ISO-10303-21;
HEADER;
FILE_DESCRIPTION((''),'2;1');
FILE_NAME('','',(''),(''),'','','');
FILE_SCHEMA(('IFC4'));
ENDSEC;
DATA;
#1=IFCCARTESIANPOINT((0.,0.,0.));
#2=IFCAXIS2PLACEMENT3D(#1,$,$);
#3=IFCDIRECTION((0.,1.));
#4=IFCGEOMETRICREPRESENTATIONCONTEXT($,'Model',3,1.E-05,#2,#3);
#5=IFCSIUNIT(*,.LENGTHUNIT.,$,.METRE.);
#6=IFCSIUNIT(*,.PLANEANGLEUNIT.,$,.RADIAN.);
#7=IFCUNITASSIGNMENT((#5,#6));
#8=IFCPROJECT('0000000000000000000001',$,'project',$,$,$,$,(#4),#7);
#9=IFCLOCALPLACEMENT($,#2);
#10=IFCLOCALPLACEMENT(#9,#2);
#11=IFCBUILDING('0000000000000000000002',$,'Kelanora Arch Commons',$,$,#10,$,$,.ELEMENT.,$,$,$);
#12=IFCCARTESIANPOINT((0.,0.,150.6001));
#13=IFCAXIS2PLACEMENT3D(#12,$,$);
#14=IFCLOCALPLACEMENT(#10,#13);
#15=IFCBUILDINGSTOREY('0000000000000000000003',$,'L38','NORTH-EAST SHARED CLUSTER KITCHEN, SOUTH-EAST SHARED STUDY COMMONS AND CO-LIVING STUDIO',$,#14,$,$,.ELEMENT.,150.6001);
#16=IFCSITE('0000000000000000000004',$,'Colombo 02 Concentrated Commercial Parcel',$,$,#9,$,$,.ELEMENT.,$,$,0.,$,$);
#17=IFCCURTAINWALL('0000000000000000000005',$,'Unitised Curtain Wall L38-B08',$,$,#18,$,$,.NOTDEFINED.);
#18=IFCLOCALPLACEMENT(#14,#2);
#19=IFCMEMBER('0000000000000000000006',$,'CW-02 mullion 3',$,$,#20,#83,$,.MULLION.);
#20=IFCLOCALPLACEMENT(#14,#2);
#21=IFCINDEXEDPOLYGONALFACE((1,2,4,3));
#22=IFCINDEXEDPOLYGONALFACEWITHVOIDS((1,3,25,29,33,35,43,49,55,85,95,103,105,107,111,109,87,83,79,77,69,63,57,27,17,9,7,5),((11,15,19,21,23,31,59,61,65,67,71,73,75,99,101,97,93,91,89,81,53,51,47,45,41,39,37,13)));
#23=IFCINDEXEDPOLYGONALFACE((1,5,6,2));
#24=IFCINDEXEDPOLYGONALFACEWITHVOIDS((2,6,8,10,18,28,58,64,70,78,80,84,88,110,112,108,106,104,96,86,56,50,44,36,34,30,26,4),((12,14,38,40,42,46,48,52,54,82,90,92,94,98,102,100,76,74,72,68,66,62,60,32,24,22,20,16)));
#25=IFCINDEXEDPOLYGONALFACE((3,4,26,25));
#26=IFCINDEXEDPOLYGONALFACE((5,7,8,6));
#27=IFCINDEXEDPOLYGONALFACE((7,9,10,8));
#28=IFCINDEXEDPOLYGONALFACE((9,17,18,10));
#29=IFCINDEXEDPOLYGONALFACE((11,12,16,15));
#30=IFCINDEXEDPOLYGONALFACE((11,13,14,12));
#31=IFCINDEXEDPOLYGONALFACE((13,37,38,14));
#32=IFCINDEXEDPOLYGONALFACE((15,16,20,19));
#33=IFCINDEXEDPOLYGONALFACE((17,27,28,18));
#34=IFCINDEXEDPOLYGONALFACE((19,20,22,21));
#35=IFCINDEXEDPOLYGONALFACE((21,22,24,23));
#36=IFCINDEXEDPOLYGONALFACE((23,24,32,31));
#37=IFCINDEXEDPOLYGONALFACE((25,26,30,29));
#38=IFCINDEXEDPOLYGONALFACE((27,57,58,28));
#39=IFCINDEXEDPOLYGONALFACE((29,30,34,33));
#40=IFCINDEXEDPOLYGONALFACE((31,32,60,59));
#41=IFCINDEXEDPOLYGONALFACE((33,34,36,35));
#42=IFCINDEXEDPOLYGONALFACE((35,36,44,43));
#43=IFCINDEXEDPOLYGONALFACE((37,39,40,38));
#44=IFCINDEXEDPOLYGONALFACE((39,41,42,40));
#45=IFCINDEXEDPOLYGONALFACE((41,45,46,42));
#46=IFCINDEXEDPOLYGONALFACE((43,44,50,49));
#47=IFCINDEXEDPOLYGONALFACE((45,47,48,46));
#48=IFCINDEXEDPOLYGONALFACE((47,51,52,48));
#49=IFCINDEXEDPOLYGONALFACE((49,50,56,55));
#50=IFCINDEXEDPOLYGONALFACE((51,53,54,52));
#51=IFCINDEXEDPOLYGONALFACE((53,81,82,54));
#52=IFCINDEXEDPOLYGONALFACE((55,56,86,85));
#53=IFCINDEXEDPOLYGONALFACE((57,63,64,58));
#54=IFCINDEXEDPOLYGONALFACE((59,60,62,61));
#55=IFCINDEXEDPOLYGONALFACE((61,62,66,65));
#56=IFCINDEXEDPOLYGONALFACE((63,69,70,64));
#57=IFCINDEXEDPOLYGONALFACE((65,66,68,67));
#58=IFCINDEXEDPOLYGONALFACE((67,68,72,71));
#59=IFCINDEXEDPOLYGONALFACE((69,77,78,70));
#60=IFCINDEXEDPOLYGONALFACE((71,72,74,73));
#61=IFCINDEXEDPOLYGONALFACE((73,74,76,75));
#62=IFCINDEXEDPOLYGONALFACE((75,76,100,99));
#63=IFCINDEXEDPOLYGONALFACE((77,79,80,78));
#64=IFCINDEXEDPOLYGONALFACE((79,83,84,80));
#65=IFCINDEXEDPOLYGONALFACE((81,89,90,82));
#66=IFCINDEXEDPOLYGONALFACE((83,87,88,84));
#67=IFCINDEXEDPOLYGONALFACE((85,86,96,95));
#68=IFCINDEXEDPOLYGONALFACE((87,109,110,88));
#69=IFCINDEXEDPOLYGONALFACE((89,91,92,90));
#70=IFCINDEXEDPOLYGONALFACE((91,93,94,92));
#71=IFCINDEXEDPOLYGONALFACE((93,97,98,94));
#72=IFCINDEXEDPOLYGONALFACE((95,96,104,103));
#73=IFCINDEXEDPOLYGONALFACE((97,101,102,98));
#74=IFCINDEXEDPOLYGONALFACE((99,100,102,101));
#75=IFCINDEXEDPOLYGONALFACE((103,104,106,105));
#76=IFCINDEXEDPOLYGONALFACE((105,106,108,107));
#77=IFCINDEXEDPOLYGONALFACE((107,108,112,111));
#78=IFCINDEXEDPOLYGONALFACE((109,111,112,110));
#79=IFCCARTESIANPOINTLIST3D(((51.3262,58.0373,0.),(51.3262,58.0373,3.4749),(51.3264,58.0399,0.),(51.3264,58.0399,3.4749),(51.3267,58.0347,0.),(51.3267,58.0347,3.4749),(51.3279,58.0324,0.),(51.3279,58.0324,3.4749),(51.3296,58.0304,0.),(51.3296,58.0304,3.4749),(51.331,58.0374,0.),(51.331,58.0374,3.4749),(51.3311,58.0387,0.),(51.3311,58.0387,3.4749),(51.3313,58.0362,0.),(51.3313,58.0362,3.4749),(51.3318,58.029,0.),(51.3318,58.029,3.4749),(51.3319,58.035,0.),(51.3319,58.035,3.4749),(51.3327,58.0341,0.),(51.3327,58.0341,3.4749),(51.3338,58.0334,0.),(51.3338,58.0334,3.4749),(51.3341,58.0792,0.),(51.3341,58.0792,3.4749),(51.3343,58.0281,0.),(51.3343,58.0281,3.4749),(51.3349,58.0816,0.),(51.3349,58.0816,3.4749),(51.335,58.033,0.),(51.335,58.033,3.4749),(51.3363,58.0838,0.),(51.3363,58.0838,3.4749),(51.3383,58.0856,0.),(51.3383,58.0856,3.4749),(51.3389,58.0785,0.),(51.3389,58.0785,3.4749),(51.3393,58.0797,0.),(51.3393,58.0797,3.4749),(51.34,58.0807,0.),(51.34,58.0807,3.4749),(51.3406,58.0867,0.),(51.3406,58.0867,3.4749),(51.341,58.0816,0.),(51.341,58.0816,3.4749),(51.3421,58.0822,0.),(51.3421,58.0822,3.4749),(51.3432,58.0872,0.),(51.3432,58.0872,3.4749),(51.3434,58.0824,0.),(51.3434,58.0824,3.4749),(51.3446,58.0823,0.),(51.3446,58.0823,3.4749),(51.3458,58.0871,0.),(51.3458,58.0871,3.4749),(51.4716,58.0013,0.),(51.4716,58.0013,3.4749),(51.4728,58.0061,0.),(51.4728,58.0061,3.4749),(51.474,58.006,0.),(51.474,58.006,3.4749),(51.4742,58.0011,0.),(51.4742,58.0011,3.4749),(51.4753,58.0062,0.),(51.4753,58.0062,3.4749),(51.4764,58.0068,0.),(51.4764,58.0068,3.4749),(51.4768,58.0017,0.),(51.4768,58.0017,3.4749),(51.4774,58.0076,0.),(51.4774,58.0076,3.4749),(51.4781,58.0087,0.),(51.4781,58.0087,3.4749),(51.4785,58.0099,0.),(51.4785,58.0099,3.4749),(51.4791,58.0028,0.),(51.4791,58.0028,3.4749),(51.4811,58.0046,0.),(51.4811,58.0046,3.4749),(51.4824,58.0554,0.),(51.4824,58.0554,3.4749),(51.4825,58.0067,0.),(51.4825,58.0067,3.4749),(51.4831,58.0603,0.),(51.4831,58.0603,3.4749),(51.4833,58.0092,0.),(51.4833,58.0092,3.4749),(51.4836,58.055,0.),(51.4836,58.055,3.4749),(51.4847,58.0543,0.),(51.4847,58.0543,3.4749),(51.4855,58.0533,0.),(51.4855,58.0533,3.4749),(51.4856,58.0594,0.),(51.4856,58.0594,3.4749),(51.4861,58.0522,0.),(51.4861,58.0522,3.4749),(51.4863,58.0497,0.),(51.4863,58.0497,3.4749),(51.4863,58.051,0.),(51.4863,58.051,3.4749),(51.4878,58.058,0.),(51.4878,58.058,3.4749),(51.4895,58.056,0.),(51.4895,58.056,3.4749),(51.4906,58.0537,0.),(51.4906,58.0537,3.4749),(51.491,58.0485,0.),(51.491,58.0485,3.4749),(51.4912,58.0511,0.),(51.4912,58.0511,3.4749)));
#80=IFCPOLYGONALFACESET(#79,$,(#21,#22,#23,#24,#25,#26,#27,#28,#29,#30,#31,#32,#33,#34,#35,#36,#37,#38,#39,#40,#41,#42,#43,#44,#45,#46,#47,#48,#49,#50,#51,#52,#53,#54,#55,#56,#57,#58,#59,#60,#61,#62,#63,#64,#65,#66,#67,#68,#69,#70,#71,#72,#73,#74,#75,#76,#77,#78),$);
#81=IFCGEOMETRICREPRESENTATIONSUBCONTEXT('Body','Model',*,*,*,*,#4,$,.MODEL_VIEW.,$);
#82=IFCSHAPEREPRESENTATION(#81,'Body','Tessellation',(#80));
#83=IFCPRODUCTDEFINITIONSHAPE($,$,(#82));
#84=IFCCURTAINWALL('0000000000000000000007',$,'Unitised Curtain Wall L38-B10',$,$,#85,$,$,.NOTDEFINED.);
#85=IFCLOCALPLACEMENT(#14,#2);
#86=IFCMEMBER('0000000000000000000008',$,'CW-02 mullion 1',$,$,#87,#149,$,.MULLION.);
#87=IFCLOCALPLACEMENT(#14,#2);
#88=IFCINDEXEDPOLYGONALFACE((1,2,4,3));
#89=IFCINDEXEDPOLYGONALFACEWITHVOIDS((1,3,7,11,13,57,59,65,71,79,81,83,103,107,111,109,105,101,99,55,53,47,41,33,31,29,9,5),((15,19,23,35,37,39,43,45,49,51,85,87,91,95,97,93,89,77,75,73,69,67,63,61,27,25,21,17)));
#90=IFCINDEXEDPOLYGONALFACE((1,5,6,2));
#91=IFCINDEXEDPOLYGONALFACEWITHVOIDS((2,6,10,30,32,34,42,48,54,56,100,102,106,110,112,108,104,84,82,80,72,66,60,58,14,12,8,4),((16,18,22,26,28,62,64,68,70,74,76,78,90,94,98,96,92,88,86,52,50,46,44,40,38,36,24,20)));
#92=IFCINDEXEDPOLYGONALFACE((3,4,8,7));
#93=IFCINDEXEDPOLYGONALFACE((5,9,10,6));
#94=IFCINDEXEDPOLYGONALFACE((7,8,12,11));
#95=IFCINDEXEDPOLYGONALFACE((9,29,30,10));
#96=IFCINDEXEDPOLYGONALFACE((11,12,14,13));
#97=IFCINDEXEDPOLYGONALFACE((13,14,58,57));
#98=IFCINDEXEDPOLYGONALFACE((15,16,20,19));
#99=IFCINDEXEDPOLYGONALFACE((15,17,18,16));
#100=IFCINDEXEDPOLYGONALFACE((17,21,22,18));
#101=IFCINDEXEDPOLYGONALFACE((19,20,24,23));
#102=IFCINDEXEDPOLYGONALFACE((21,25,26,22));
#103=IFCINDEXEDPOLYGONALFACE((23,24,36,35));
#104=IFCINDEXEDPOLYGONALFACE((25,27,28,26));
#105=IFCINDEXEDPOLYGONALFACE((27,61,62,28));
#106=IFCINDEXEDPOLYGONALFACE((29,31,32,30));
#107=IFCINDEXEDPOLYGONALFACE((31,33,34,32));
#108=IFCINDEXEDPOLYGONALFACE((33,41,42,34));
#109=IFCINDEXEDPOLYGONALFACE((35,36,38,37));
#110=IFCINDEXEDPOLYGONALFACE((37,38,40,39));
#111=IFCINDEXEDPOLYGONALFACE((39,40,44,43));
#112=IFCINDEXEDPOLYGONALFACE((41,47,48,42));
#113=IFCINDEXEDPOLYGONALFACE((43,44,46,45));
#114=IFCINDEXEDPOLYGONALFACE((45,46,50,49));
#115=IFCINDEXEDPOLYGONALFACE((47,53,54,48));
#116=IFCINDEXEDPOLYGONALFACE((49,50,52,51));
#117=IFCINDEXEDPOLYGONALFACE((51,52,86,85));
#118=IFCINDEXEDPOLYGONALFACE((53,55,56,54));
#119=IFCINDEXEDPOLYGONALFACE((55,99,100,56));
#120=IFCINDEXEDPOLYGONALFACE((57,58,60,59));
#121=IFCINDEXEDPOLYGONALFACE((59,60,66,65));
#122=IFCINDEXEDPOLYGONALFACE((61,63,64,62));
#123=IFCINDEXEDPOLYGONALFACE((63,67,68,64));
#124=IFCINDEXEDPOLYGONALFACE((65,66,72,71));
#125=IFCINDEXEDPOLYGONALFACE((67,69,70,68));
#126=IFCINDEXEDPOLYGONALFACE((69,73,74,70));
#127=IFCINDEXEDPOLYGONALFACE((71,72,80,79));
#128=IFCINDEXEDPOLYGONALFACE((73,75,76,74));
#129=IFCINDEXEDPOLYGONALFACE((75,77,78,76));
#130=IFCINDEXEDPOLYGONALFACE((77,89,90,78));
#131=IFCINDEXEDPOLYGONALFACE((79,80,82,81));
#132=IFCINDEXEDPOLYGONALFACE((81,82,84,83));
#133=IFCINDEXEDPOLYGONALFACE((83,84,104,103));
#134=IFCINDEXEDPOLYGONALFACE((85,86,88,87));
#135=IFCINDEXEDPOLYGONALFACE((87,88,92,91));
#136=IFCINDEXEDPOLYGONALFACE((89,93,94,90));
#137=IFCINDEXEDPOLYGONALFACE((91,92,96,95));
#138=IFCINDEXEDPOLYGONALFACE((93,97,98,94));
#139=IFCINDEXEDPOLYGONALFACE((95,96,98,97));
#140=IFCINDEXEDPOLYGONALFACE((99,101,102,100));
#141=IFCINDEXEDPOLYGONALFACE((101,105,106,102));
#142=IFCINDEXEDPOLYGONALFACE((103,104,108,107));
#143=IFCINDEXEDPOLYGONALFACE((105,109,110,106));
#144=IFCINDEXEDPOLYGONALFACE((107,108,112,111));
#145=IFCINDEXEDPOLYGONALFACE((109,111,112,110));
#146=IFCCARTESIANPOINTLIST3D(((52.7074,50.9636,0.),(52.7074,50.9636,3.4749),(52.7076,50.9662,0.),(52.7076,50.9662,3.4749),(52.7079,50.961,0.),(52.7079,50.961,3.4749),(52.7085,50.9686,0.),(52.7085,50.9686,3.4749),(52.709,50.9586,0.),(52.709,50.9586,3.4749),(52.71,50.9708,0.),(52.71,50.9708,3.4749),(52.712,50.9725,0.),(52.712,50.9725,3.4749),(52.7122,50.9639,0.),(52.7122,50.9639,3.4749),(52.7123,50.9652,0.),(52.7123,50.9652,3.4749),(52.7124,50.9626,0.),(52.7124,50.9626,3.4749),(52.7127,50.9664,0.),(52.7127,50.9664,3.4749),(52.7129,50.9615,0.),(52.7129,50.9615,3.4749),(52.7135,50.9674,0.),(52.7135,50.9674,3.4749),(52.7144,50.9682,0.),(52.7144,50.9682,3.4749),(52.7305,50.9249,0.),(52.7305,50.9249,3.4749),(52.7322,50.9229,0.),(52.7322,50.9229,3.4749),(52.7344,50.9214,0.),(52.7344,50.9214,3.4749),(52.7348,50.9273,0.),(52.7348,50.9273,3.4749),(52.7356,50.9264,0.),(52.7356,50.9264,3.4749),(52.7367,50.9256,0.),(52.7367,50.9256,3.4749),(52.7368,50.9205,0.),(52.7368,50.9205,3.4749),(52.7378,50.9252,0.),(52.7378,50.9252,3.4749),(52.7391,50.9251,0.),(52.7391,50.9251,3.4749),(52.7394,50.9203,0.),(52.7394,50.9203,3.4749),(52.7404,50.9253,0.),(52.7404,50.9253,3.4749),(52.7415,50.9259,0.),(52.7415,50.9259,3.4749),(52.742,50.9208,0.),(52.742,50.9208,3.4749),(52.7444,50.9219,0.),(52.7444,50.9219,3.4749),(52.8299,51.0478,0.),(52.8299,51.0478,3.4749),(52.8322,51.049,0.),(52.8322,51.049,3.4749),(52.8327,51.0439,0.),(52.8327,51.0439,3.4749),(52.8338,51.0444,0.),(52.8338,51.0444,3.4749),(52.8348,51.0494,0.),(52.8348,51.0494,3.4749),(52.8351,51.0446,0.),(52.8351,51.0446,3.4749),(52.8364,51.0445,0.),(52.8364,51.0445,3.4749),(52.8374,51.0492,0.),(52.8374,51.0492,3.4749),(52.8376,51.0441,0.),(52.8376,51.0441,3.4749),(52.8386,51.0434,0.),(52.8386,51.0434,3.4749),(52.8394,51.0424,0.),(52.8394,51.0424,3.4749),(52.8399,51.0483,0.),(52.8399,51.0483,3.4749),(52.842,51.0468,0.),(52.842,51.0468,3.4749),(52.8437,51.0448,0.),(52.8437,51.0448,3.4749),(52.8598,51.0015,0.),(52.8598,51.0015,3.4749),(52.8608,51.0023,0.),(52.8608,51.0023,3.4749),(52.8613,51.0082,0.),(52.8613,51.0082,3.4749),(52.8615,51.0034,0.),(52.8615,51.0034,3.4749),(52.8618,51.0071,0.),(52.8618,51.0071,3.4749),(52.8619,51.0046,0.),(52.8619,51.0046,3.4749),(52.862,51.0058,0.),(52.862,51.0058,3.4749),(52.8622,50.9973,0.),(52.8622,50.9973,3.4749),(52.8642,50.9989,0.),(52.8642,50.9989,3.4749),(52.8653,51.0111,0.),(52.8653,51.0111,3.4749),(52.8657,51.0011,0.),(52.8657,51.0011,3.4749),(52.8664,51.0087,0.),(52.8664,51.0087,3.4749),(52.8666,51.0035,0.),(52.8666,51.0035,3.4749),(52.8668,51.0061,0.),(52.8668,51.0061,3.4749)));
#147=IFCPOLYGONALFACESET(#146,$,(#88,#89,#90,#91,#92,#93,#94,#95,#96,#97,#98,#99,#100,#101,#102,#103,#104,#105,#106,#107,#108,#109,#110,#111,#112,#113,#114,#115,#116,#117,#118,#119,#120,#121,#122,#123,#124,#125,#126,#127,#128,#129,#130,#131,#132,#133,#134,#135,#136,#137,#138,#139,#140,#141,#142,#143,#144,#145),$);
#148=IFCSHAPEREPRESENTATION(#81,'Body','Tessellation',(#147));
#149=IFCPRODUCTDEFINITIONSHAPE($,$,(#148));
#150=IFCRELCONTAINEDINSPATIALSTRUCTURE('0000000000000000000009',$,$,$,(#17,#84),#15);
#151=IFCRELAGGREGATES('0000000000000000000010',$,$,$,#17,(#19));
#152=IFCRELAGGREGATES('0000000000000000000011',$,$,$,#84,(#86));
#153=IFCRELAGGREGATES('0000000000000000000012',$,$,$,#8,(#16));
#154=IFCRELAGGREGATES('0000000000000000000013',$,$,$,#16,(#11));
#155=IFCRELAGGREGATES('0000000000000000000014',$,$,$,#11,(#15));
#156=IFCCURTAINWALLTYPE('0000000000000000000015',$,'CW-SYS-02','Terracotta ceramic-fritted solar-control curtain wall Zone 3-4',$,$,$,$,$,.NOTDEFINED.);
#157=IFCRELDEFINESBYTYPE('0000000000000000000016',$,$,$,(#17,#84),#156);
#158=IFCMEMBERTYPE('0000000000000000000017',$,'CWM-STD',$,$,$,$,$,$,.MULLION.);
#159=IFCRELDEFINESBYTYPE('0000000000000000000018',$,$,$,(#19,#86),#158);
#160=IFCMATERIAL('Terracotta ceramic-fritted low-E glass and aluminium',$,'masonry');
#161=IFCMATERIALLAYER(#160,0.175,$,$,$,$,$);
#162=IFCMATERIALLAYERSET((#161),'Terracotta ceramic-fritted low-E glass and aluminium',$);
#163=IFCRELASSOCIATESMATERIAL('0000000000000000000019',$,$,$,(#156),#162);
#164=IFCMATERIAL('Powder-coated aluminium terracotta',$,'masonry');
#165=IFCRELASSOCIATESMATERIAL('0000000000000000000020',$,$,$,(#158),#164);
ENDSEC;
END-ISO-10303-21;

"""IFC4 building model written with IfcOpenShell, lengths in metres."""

from ifc_helpers import new_model, si_unit, direction, frame, origin, origin_2d, place, context, subcontext, project, spatial, hollow_rectangle, extrude, material, layer, layer_set, material_profile, profile_set, type_object, element, aggregate, save


model = new_model("IFC4")

# Units and contexts
model_context = context("Model", 3, precision=1e-05, world=origin(), true_north=direction((0.0, 1.0)))
body_context = subcontext(model_context, "Body", "Model", "MODEL_VIEW")
ifc_project = project(units=[si_unit("LENGTHUNIT", "METRE"), si_unit("PLANEANGLEUNIT", "RADIAN")], contexts=[model_context])

# Site, building, storey
site_placement = place(None, origin())
site = spatial("IfcSite", under=ifc_project, at=site_placement, Name="Colombo 02 Concentrated Commercial Parcel", CompositionType="ELEMENT", RefElevation=0.0)
building_placement = place(site_placement, origin())
building = spatial("IfcBuilding", under=site, at=building_placement, Name="Kelanora Arch Commons", CompositionType="ELEMENT")
storey_placement = place(building_placement, frame((0.0, 0.0, 150.6001)))
storey = spatial("IfcBuildingStorey", under=building, at=storey_placement, Name="L38", Description="NORTH-EAST SHARED CLUSTER KITCHEN, SOUTH-EAST SHARED STUDY COMMONS AND CO-LIVING STUDIO", CompositionType="ELEMENT", Elevation=150.6001)

# Curtain wall, member
ifc_material_1 = material(Name="Terracotta ceramic-fritted low-E glass and aluminium", Category="masonry")
ifc_layer_1 = layer(ifc_material_1, 0.175)
ifc_layer_set_1 = layer_set([ifc_layer_1], Name="Terracotta ceramic-fritted low-E glass and aluminium")
curtain_wall_type = type_object("IfcCurtainWallType", Name="CW-SYS-02", Description="Terracotta ceramic-fritted solar-control curtain wall Zone 3-4", PredefinedType="NOTDEFINED", material=ifc_layer_set_1)
curtain_wall_1_placement = place(storey_placement, origin())
curtain_wall_1 = element("IfcCurtainWall", 1, at=curtain_wall_1_placement, inside=storey, type_object=curtain_wall_type, Name="Unitised Curtain Wall L38-B08", PredefinedType="NOTDEFINED")
ifc_material_2 = material(Name="Powder-coated aluminium terracotta", Category="masonry")
ifc_material_profile_1 = material_profile(ifc_material_2, hollow_rectangle(XDim=0.1599, YDim=0.0601, WallThickness=0.0049, InnerFilletRadius=0.0049, OuterFilletRadius=0.01, at=origin_2d()), Name="CWM160x60")
ifc_profile_set_1 = profile_set([ifc_material_profile_1], Name="Powder-coated aluminium terracotta")
member_type_1 = type_object("IfcMemberType", Name="CWM-STD", PredefinedType="MULLION", material=ifc_profile_set_1)
member_1_placement = place(storey_placement, frame((51.4087, 58.0442, 0.0), z_axis=(0.0, 0.0, 1.0), x_axis=(0.981453, -0.191705, 0.0)))
member_1 = element("IfcMember", 2, at=member_1_placement, type_object=member_type_1, Name="CW-02 mullion 3", PredefinedType="MULLION", context=body_context, shape_type="SweptSolid", body=[
    extrude(hollow_rectangle(XDim=0.1599, YDim=0.0601, WallThickness=0.0049, InnerFilletRadius=0.0049, OuterFilletRadius=0.01, at=origin_2d()), origin(), (0.0, 0.0, 1.0), 3.4749),
])
aggregate(curtain_wall_1, [member_1])

# Curtain wall, member
curtain_wall_2_placement = place(storey_placement, origin())
curtain_wall_2 = element("IfcCurtainWall", 3, at=curtain_wall_2_placement, inside=storey, type_object=curtain_wall_type, Name="Unitised Curtain Wall L38-B10", PredefinedType="NOTDEFINED")
member_2_placement = place(storey_placement, frame((52.7871, 50.9849, 0.0), z_axis=(0.0, 0.0, 1.0), x_axis=(0.842423, 0.538817, 0.0)))
member_2 = element("IfcMember", 4, at=member_2_placement, type_object=member_type_1, Name="CW-02 mullion 1", PredefinedType="MULLION", context=body_context, shape_type="SweptSolid", body=[
    extrude(hollow_rectangle(XDim=0.1599, YDim=0.0601, WallThickness=0.0049, InnerFilletRadius=0.0049, OuterFilletRadius=0.01, at=origin_2d()), origin(), (0.0, 0.0, 1.0), 3.4749),
])

aggregate(curtain_wall_2, [member_2])

save(model, "model.ifc")
